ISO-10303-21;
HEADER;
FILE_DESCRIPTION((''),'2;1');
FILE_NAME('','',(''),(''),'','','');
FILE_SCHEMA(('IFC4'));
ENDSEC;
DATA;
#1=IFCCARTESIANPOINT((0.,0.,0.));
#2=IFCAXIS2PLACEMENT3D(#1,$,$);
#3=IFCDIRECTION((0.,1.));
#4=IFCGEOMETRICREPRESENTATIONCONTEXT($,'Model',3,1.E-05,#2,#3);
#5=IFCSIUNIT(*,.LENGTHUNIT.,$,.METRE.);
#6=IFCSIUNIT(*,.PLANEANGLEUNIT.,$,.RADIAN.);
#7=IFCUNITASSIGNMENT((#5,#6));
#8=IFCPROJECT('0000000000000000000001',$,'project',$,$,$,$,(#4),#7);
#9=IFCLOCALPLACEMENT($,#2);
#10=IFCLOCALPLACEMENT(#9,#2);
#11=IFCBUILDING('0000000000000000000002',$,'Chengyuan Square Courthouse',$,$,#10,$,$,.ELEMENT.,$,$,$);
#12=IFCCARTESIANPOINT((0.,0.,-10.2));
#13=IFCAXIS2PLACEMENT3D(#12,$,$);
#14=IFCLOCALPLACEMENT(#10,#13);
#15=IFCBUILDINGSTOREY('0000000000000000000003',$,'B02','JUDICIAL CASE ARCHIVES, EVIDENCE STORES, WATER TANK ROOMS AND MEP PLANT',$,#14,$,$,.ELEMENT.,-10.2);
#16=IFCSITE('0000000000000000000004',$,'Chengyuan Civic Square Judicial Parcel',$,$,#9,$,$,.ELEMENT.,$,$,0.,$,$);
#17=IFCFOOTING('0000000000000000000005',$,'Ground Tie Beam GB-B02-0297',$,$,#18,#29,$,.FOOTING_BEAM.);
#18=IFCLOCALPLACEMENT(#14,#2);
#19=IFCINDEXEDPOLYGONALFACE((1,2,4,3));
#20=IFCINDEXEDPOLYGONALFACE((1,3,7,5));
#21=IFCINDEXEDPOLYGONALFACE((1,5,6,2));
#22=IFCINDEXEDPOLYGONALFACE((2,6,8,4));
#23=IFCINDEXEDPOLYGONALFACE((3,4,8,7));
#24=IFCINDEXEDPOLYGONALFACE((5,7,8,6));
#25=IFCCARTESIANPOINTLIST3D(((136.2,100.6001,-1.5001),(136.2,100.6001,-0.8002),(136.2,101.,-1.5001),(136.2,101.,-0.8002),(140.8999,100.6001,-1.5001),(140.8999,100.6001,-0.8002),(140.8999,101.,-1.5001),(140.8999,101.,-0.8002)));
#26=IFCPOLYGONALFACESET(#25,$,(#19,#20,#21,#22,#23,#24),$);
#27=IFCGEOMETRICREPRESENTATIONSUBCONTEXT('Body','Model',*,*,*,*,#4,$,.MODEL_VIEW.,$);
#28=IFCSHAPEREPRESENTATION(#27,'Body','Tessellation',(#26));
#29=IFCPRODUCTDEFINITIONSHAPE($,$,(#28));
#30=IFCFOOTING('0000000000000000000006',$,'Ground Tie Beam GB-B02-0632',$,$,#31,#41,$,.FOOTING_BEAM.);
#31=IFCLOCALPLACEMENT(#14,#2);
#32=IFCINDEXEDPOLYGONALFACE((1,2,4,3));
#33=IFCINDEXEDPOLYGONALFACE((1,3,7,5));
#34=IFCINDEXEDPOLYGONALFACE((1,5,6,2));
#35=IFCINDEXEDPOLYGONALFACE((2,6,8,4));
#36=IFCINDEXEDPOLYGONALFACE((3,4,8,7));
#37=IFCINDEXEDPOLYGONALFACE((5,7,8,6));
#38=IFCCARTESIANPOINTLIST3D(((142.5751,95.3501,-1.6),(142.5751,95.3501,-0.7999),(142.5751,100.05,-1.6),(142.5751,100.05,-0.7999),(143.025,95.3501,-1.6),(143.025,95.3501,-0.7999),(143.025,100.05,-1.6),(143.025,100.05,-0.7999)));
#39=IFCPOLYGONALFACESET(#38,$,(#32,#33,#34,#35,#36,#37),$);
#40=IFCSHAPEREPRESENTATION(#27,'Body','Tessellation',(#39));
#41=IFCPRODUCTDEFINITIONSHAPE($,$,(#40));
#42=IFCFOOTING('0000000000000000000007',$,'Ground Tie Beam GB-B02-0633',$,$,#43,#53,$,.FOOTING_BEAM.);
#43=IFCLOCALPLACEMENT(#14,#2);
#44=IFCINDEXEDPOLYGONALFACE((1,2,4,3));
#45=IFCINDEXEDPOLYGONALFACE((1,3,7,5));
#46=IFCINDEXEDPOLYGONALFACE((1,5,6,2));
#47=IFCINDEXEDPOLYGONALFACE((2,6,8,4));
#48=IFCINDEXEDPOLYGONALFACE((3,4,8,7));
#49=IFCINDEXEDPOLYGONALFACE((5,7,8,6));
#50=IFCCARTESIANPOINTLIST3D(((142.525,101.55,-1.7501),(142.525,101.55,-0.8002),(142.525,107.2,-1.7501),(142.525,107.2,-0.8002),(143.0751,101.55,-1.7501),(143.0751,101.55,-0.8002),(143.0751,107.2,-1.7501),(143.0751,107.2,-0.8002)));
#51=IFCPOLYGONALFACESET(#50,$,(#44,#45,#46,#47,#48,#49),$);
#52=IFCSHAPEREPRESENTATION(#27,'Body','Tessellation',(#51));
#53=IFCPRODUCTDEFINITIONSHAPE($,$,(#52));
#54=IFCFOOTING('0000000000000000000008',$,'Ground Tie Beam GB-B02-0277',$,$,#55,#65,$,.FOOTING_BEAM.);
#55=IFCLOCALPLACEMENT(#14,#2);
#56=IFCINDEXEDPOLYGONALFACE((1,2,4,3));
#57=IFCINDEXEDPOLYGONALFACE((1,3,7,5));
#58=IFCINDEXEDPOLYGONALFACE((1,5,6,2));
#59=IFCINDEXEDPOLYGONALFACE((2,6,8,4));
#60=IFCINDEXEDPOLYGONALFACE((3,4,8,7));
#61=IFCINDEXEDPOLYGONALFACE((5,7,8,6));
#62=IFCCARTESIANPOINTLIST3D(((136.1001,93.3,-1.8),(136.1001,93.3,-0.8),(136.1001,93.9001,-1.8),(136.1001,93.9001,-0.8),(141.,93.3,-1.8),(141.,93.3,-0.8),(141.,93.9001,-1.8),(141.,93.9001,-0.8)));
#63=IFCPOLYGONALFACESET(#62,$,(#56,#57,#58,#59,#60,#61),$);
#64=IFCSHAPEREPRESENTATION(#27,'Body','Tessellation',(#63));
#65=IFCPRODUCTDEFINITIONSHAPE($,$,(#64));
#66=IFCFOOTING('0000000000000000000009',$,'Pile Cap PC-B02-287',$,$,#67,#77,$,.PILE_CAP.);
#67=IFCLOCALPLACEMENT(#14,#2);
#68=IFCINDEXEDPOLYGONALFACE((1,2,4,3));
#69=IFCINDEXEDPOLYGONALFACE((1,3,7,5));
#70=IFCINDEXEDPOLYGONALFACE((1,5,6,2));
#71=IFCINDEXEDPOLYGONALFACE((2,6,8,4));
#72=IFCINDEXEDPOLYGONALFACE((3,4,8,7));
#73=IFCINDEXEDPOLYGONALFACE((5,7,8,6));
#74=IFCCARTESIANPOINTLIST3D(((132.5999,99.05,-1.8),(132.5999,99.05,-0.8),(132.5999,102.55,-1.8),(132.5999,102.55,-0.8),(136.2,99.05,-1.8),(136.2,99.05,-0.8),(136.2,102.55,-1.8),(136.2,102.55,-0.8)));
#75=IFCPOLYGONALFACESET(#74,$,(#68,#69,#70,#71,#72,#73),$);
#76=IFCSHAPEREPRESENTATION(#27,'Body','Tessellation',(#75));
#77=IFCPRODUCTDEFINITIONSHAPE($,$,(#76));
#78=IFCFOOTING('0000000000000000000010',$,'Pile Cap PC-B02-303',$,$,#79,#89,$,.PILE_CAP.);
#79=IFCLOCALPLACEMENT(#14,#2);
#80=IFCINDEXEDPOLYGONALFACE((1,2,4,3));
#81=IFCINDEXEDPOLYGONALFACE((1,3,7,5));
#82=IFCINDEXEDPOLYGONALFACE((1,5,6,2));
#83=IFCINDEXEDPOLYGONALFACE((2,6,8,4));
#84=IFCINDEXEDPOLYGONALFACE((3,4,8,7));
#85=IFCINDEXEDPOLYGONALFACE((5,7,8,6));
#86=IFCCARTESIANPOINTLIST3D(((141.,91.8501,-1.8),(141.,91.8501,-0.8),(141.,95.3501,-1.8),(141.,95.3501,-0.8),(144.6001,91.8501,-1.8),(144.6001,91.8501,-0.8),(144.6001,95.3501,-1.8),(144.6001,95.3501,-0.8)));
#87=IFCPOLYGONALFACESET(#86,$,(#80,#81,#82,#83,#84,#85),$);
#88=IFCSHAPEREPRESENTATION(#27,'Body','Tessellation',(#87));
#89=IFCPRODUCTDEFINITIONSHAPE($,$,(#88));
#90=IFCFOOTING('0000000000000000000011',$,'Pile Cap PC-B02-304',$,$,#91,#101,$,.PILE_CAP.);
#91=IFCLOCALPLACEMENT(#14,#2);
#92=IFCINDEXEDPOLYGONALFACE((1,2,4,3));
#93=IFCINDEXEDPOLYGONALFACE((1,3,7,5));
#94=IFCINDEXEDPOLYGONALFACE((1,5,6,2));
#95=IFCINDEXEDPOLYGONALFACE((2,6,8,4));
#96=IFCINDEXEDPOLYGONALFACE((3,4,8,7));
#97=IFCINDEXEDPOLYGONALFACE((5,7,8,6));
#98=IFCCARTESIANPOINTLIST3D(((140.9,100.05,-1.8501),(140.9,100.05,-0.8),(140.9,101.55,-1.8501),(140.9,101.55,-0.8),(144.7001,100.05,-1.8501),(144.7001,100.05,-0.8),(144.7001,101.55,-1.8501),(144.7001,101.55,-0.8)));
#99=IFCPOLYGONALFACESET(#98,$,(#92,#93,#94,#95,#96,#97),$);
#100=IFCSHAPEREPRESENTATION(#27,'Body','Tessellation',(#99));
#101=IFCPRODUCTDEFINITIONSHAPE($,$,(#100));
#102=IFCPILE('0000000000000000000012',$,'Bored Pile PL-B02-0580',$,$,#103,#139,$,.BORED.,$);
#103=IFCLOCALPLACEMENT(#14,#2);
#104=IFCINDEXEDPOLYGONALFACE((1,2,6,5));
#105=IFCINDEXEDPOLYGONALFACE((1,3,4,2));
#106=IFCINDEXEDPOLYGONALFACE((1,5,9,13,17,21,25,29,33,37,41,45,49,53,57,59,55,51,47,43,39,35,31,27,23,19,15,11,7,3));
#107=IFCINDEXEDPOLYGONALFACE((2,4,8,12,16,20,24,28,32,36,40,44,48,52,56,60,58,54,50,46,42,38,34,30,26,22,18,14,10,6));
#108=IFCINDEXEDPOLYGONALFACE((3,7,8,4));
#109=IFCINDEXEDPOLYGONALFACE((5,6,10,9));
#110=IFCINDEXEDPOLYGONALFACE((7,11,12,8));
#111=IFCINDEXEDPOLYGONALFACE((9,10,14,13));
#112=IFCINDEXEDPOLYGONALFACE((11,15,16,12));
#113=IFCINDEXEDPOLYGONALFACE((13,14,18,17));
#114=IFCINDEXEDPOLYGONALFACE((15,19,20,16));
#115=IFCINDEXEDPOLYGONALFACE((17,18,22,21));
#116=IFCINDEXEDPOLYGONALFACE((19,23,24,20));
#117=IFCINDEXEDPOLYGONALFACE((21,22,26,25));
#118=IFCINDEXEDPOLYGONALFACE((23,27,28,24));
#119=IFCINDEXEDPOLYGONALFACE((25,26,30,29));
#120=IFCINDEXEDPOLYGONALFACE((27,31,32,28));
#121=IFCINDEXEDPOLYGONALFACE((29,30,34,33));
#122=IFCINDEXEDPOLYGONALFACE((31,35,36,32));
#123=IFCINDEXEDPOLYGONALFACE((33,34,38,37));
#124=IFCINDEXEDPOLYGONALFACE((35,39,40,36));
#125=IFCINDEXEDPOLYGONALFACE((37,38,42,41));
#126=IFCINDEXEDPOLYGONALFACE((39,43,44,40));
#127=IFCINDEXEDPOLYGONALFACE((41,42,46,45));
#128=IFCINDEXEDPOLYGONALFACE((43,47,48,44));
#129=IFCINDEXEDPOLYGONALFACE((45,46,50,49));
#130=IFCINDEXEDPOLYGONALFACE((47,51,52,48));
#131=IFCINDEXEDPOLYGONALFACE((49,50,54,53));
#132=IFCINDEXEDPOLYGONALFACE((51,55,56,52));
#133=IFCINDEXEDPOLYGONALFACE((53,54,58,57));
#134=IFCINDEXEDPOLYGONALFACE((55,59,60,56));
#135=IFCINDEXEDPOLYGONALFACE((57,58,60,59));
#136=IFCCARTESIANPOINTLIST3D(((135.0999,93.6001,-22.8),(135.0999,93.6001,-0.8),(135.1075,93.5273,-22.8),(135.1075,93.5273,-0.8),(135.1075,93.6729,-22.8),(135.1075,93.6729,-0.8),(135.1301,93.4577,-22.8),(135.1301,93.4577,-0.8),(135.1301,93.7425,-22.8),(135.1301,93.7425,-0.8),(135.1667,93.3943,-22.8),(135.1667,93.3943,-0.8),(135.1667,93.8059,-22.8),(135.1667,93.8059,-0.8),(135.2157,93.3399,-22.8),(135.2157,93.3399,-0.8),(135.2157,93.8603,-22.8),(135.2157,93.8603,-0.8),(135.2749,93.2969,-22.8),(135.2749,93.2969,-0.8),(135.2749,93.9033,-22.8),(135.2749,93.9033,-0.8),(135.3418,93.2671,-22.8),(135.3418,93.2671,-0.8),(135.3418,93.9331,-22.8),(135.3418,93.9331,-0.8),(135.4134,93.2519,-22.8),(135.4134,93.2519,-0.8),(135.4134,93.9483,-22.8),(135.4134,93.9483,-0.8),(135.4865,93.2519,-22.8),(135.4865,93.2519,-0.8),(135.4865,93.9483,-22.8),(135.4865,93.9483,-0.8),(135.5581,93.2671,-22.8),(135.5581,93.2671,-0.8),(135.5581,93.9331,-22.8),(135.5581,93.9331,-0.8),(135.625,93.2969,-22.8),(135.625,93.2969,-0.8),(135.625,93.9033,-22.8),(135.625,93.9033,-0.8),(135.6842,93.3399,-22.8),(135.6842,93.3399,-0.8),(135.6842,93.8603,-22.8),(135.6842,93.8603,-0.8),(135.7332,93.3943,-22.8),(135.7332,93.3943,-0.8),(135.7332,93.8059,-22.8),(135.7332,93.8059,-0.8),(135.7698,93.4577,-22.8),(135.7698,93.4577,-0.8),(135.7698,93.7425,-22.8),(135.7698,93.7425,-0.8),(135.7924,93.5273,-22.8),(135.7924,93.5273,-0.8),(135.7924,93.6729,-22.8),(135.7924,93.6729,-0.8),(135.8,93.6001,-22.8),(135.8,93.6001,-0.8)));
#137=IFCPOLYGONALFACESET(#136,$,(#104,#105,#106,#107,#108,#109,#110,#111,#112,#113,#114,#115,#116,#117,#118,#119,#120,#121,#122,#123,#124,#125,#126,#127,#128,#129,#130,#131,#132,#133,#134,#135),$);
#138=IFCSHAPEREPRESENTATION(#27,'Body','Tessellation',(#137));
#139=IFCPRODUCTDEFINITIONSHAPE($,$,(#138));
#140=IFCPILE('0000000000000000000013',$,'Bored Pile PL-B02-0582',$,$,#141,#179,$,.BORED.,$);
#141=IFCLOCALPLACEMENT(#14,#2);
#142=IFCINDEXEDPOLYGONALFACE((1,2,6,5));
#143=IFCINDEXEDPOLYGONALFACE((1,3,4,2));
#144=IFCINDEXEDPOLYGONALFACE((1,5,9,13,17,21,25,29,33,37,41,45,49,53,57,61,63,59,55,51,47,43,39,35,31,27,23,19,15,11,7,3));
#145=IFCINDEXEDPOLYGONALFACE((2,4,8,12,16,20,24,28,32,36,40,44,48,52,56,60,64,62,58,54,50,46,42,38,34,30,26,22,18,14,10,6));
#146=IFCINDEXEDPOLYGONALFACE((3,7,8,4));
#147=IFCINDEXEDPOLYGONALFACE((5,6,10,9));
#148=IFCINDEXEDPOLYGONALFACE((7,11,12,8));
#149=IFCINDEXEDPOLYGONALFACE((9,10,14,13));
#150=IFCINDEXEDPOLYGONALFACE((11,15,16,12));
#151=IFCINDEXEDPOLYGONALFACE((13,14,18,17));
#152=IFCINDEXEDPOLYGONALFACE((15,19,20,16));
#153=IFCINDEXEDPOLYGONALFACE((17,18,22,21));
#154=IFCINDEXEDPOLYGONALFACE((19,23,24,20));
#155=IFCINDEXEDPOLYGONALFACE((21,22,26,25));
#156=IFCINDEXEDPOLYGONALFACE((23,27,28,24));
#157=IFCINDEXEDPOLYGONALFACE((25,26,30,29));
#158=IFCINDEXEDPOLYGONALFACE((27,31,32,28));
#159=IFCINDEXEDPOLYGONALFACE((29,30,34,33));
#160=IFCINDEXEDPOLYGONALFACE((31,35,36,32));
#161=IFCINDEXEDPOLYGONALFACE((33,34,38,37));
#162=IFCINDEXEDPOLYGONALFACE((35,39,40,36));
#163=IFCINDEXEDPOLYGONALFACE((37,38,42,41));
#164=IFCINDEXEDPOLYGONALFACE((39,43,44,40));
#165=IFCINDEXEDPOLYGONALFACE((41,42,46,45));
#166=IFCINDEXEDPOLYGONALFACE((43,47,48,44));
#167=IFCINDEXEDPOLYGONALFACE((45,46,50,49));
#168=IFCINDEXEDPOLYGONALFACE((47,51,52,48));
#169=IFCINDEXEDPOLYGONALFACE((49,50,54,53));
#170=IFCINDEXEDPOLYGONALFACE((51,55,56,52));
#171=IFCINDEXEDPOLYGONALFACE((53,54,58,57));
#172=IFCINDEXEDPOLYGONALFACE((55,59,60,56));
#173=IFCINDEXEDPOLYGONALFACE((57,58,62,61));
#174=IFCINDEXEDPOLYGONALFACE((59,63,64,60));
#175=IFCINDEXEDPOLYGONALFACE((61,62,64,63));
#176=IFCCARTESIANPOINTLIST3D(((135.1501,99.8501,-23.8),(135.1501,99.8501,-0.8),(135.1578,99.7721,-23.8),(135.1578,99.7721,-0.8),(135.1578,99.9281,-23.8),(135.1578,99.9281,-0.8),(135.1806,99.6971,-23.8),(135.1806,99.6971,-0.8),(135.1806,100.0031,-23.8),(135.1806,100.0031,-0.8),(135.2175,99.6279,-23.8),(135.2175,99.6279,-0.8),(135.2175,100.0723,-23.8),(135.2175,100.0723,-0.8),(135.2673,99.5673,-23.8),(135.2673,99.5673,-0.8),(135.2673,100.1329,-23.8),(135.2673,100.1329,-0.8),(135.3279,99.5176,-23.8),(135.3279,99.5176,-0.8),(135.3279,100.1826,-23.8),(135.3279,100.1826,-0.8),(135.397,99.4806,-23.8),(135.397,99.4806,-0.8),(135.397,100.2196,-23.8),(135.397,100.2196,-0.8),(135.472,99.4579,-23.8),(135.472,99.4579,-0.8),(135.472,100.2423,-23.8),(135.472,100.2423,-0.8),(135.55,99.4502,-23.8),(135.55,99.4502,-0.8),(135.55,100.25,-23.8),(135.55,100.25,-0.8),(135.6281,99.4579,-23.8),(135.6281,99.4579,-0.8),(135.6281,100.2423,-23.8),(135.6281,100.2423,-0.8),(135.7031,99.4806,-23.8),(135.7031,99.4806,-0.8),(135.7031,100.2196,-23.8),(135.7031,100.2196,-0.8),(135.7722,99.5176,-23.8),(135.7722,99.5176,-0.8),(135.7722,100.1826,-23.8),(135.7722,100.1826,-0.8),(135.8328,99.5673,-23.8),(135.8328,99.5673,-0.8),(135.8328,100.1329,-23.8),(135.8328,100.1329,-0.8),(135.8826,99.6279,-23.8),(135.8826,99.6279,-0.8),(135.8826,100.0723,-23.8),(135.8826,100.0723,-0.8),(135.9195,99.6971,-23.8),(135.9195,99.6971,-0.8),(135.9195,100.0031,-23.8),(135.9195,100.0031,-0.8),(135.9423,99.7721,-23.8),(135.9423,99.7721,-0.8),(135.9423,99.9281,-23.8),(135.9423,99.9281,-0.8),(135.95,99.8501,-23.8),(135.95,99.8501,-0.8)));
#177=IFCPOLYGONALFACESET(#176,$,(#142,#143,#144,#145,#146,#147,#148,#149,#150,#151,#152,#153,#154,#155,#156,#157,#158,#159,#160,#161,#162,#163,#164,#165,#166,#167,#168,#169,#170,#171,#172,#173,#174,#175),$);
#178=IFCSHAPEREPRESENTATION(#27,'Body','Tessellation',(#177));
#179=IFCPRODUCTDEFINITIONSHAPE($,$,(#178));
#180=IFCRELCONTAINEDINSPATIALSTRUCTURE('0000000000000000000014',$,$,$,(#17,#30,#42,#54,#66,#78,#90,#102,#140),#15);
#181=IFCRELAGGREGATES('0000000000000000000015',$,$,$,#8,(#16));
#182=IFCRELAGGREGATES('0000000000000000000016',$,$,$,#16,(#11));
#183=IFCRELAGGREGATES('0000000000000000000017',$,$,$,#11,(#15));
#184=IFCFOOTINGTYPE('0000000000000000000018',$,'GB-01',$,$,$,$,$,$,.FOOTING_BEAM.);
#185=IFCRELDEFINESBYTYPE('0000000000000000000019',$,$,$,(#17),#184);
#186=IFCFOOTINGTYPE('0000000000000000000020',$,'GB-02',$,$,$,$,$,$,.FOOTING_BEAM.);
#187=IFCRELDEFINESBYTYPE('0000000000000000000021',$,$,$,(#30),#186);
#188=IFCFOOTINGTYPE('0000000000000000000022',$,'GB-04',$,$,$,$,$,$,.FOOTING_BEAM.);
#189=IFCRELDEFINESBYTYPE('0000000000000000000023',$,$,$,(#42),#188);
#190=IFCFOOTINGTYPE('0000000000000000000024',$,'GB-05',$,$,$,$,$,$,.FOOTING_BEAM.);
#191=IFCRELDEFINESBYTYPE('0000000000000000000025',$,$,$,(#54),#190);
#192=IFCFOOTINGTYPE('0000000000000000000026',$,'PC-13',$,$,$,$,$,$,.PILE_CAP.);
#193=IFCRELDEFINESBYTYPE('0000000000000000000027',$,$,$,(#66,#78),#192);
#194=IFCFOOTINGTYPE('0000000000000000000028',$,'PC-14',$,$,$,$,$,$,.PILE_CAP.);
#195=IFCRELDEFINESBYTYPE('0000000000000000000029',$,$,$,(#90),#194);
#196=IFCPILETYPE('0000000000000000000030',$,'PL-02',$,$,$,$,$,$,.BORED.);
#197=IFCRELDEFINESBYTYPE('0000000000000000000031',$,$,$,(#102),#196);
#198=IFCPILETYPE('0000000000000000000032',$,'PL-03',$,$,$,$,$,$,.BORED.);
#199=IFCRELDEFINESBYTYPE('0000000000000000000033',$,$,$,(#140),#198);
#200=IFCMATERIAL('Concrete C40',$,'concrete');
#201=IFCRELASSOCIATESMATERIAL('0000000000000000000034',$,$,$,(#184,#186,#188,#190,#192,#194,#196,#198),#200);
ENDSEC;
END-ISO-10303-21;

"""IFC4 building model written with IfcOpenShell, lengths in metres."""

from ifc_helpers import new_model, si_unit, direction, frame, origin, origin_2d, place, context, subcontext, project, spatial, rectangle, circle, extrude, material, material_profile, profile_set, type_object, element, save


model = new_model("IFC4")

# Units and contexts
model_context = context("Model", 3, precision=1e-05, world=origin(), true_north=direction((0.0, 1.0)))
body_context = subcontext(model_context, "Body", "Model", "MODEL_VIEW")
ifc_project = project(units=[si_unit("LENGTHUNIT", "METRE"), si_unit("PLANEANGLEUNIT", "RADIAN")], contexts=[model_context])

# Site, building, storey
site_placement = place(None, origin())
site = spatial("IfcSite", under=ifc_project, at=site_placement, Name="Chengyuan Civic Square Judicial Parcel", CompositionType="ELEMENT", RefElevation=0.0)
building_placement = place(site_placement, origin())
building = spatial("IfcBuilding", under=site, at=building_placement, Name="Chengyuan Square Courthouse", CompositionType="ELEMENT")
storey_placement = place(building_placement, frame((0.0, 0.0, -10.2)))
storey = spatial("IfcBuildingStorey", under=building, at=storey_placement, Name="B02", Description="JUDICIAL CASE ARCHIVES, EVIDENCE STORES, WATER TANK ROOMS AND MEP PLANT", CompositionType="ELEMENT", Elevation=-10.2)

# Footings
ifc_material_1 = material(Name="Concrete C40", Category="concrete")
ifc_material_profile_1 = material_profile(ifc_material_1, rectangle(XDim=0.3999, YDim=0.7, at=origin_2d()), Name="GB-400x700")
ifc_profile_set_1 = profile_set([ifc_material_profile_1], Name="Concrete C40")
footing_type_1 = type_object("IfcFootingType", Name="GB-01", PredefinedType="FOOTING_BEAM", material=ifc_profile_set_1)
footing_1_placement = place(storey_placement, frame((136.2, 100.8, -1.1501), z_axis=(1.0, 0.0, 0.0), x_axis=(0.0, 1.0, 0.0)))
element("IfcFooting", 1, at=footing_1_placement, inside=storey, type_object=footing_type_1, Name="Ground Tie Beam GB-B02-0297", PredefinedType="FOOTING_BEAM", context=body_context, shape_type="SweptSolid", body=[
    extrude(rectangle(XDim=0.3999, YDim=0.7, at=origin_2d()), origin(), (0.0, 0.0, 1.0), 4.7),
])
ifc_material_profile_2 = material_profile(ifc_material_1, rectangle(XDim=0.45, YDim=0.8, at=origin_2d()), Name="GB-450x800")
ifc_profile_set_2 = profile_set([ifc_material_profile_2], Name="Concrete C40")
footing_type_2 = type_object("IfcFootingType", Name="GB-02", PredefinedType="FOOTING_BEAM", material=ifc_profile_set_2)
footing_2_placement = place(storey_placement, frame((142.8, 95.3501, -1.2), z_axis=(0.0, 1.0, 0.0), x_axis=(-1.0, 0.0, 0.0)))
element("IfcFooting", 2, at=footing_2_placement, inside=storey, type_object=footing_type_2, Name="Ground Tie Beam GB-B02-0632", PredefinedType="FOOTING_BEAM", context=body_context, shape_type="SweptSolid", body=[
    extrude(rectangle(XDim=0.45, YDim=0.8, at=origin_2d()), origin(), (0.0, 0.0, 1.0), 4.7),
])
ifc_material_profile_3 = material_profile(ifc_material_1, rectangle(XDim=0.55, YDim=0.95, at=origin_2d()), Name="GB-550x950")
ifc_profile_set_3 = profile_set([ifc_material_profile_3], Name="Concrete C40")
footing_type_3 = type_object("IfcFootingType", Name="GB-04", PredefinedType="FOOTING_BEAM", material=ifc_profile_set_3)
footing_3_placement = place(storey_placement, frame((142.8, 101.55, -1.2751), z_axis=(0.0, 1.0, 0.0), x_axis=(-1.0, 0.0, 0.0)))
element("IfcFooting", 3, at=footing_3_placement, inside=storey, type_object=footing_type_3, Name="Ground Tie Beam GB-B02-0633", PredefinedType="FOOTING_BEAM", context=body_context, shape_type="SweptSolid", body=[
    extrude(rectangle(XDim=0.55, YDim=0.95, at=origin_2d()), origin(), (0.0, 0.0, 1.0), 5.6499),
])
ifc_material_profile_4 = material_profile(ifc_material_1, rectangle(XDim=0.6001, YDim=1.0, at=origin_2d()), Name="GB-600x1000")
ifc_profile_set_4 = profile_set([ifc_material_profile_4], Name="Concrete C40")
footing_type_4 = type_object("IfcFootingType", Name="GB-05", PredefinedType="FOOTING_BEAM", material=ifc_profile_set_4)
footing_4_placement = place(storey_placement, frame((136.1001, 93.6001, -1.3), z_axis=(1.0, 0.0, 0.0), x_axis=(0.0, 1.0, 0.0)))
element("IfcFooting", 4, at=footing_4_placement, inside=storey, type_object=footing_type_4, Name="Ground Tie Beam GB-B02-0277", PredefinedType="FOOTING_BEAM", context=body_context, shape_type="SweptSolid", body=[
    extrude(rectangle(XDim=0.6001, YDim=1.0, at=origin_2d()), origin(), (0.0, 0.0, 1.0), 4.8999),
])
footing_type_5 = type_object("IfcFootingType", Name="PC-13", PredefinedType="PILE_CAP", material=ifc_material_1)
for number, where, z_axis, x_axis, name in (
    (5, (134.3999, 100.8, -1.8), (0.0, 0.0, 1.0), (1.0, 0.0, 0.0), "Pile Cap PC-B02-287"),
    (6, (142.8, 93.6001, -1.8), (0.0, 0.0, 1.0), (1.0, 0.0, 0.0), "Pile Cap PC-B02-303"),
):
    element("IfcFooting", number, at=place(storey_placement, frame(where, z_axis=z_axis, x_axis=x_axis)), inside=storey, type_object=footing_type_5, Name=name, PredefinedType="PILE_CAP", context=body_context, shape_type="SweptSolid", body=[
        extrude(rectangle(XDim=3.6001, YDim=3.5, at=origin_2d()), origin(), (0.0, 0.0, 1.0), 1.0),
    ])
footing_type_6 = type_object("IfcFootingType", Name="PC-14", PredefinedType="PILE_CAP", material=ifc_material_1)
footing_5_placement = place(storey_placement, frame((142.8, 100.8, -1.8501), z_axis=(0.0, 0.0, 1.0), x_axis=(1.0, 0.0, 0.0)))
element("IfcFooting", 7, at=footing_5_placement, inside=storey, type_object=footing_type_6, Name="Pile Cap PC-B02-304", PredefinedType="PILE_CAP", context=body_context, shape_type="SweptSolid", body=[
    extrude(rectangle(XDim=3.8, YDim=1.5, at=origin_2d()), origin(), (0.0, 0.0, 1.0), 1.05),
])

# Piles
ifc_material_profile_5 = material_profile(ifc_material_1, circle(Radius=0.3501, at=origin_2d()), Name="BORED PILE D700")
ifc_profile_set_5 = profile_set([ifc_material_profile_5], Name="Concrete C40")
pile_type_1 = type_object("IfcPileType", Name="PL-02", PredefinedType="BORED", material=ifc_profile_set_5)
pile_placement = place(storey_placement, frame((135.45, 93.6001, -0.8), z_axis=(0.0, 0.0, -1.0), x_axis=(1.0, 0.0, 0.0)))
element("IfcPile", 8, at=pile_placement, inside=storey, type_object=pile_type_1, Name="Bored Pile PL-B02-0580", PredefinedType="BORED", context=body_context, shape_type="SweptSolid", body=[
    extrude(circle(Radius=0.3501, at=origin_2d()), origin(), (0.0, 0.0, 1.0), 22.0),
])
ifc_material_profile_6 = material_profile(ifc_material_1, circle(Radius=0.3999, at=origin_2d()), Name="BORED PILE D800")
ifc_profile_set_6 = profile_set([ifc_material_profile_6], Name="Concrete C40")
pile_type_2 = type_object("IfcPileType", Name="PL-03", PredefinedType="BORED", material=ifc_profile_set_6)
for number, where, z_axis, x_axis, name in (
    (9, (135.55, 99.8501, -0.8), (0.0, 0.0, -1.0), (1.0, 0.0, 0.0), "Bored Pile PL-B02-0582"),
):
    element("IfcPile", number, at=place(storey_placement, frame(where, z_axis=z_axis, x_axis=x_axis)), inside=storey, type_object=pile_type_2, Name=name, PredefinedType="BORED", context=body_context, shape_type="SweptSolid", body=[
        extrude(circle(Radius=0.3999, at=origin_2d()), origin(), (0.0, 0.0, 1.0), 23.0),
    ])

save(model, "model.ifc")
